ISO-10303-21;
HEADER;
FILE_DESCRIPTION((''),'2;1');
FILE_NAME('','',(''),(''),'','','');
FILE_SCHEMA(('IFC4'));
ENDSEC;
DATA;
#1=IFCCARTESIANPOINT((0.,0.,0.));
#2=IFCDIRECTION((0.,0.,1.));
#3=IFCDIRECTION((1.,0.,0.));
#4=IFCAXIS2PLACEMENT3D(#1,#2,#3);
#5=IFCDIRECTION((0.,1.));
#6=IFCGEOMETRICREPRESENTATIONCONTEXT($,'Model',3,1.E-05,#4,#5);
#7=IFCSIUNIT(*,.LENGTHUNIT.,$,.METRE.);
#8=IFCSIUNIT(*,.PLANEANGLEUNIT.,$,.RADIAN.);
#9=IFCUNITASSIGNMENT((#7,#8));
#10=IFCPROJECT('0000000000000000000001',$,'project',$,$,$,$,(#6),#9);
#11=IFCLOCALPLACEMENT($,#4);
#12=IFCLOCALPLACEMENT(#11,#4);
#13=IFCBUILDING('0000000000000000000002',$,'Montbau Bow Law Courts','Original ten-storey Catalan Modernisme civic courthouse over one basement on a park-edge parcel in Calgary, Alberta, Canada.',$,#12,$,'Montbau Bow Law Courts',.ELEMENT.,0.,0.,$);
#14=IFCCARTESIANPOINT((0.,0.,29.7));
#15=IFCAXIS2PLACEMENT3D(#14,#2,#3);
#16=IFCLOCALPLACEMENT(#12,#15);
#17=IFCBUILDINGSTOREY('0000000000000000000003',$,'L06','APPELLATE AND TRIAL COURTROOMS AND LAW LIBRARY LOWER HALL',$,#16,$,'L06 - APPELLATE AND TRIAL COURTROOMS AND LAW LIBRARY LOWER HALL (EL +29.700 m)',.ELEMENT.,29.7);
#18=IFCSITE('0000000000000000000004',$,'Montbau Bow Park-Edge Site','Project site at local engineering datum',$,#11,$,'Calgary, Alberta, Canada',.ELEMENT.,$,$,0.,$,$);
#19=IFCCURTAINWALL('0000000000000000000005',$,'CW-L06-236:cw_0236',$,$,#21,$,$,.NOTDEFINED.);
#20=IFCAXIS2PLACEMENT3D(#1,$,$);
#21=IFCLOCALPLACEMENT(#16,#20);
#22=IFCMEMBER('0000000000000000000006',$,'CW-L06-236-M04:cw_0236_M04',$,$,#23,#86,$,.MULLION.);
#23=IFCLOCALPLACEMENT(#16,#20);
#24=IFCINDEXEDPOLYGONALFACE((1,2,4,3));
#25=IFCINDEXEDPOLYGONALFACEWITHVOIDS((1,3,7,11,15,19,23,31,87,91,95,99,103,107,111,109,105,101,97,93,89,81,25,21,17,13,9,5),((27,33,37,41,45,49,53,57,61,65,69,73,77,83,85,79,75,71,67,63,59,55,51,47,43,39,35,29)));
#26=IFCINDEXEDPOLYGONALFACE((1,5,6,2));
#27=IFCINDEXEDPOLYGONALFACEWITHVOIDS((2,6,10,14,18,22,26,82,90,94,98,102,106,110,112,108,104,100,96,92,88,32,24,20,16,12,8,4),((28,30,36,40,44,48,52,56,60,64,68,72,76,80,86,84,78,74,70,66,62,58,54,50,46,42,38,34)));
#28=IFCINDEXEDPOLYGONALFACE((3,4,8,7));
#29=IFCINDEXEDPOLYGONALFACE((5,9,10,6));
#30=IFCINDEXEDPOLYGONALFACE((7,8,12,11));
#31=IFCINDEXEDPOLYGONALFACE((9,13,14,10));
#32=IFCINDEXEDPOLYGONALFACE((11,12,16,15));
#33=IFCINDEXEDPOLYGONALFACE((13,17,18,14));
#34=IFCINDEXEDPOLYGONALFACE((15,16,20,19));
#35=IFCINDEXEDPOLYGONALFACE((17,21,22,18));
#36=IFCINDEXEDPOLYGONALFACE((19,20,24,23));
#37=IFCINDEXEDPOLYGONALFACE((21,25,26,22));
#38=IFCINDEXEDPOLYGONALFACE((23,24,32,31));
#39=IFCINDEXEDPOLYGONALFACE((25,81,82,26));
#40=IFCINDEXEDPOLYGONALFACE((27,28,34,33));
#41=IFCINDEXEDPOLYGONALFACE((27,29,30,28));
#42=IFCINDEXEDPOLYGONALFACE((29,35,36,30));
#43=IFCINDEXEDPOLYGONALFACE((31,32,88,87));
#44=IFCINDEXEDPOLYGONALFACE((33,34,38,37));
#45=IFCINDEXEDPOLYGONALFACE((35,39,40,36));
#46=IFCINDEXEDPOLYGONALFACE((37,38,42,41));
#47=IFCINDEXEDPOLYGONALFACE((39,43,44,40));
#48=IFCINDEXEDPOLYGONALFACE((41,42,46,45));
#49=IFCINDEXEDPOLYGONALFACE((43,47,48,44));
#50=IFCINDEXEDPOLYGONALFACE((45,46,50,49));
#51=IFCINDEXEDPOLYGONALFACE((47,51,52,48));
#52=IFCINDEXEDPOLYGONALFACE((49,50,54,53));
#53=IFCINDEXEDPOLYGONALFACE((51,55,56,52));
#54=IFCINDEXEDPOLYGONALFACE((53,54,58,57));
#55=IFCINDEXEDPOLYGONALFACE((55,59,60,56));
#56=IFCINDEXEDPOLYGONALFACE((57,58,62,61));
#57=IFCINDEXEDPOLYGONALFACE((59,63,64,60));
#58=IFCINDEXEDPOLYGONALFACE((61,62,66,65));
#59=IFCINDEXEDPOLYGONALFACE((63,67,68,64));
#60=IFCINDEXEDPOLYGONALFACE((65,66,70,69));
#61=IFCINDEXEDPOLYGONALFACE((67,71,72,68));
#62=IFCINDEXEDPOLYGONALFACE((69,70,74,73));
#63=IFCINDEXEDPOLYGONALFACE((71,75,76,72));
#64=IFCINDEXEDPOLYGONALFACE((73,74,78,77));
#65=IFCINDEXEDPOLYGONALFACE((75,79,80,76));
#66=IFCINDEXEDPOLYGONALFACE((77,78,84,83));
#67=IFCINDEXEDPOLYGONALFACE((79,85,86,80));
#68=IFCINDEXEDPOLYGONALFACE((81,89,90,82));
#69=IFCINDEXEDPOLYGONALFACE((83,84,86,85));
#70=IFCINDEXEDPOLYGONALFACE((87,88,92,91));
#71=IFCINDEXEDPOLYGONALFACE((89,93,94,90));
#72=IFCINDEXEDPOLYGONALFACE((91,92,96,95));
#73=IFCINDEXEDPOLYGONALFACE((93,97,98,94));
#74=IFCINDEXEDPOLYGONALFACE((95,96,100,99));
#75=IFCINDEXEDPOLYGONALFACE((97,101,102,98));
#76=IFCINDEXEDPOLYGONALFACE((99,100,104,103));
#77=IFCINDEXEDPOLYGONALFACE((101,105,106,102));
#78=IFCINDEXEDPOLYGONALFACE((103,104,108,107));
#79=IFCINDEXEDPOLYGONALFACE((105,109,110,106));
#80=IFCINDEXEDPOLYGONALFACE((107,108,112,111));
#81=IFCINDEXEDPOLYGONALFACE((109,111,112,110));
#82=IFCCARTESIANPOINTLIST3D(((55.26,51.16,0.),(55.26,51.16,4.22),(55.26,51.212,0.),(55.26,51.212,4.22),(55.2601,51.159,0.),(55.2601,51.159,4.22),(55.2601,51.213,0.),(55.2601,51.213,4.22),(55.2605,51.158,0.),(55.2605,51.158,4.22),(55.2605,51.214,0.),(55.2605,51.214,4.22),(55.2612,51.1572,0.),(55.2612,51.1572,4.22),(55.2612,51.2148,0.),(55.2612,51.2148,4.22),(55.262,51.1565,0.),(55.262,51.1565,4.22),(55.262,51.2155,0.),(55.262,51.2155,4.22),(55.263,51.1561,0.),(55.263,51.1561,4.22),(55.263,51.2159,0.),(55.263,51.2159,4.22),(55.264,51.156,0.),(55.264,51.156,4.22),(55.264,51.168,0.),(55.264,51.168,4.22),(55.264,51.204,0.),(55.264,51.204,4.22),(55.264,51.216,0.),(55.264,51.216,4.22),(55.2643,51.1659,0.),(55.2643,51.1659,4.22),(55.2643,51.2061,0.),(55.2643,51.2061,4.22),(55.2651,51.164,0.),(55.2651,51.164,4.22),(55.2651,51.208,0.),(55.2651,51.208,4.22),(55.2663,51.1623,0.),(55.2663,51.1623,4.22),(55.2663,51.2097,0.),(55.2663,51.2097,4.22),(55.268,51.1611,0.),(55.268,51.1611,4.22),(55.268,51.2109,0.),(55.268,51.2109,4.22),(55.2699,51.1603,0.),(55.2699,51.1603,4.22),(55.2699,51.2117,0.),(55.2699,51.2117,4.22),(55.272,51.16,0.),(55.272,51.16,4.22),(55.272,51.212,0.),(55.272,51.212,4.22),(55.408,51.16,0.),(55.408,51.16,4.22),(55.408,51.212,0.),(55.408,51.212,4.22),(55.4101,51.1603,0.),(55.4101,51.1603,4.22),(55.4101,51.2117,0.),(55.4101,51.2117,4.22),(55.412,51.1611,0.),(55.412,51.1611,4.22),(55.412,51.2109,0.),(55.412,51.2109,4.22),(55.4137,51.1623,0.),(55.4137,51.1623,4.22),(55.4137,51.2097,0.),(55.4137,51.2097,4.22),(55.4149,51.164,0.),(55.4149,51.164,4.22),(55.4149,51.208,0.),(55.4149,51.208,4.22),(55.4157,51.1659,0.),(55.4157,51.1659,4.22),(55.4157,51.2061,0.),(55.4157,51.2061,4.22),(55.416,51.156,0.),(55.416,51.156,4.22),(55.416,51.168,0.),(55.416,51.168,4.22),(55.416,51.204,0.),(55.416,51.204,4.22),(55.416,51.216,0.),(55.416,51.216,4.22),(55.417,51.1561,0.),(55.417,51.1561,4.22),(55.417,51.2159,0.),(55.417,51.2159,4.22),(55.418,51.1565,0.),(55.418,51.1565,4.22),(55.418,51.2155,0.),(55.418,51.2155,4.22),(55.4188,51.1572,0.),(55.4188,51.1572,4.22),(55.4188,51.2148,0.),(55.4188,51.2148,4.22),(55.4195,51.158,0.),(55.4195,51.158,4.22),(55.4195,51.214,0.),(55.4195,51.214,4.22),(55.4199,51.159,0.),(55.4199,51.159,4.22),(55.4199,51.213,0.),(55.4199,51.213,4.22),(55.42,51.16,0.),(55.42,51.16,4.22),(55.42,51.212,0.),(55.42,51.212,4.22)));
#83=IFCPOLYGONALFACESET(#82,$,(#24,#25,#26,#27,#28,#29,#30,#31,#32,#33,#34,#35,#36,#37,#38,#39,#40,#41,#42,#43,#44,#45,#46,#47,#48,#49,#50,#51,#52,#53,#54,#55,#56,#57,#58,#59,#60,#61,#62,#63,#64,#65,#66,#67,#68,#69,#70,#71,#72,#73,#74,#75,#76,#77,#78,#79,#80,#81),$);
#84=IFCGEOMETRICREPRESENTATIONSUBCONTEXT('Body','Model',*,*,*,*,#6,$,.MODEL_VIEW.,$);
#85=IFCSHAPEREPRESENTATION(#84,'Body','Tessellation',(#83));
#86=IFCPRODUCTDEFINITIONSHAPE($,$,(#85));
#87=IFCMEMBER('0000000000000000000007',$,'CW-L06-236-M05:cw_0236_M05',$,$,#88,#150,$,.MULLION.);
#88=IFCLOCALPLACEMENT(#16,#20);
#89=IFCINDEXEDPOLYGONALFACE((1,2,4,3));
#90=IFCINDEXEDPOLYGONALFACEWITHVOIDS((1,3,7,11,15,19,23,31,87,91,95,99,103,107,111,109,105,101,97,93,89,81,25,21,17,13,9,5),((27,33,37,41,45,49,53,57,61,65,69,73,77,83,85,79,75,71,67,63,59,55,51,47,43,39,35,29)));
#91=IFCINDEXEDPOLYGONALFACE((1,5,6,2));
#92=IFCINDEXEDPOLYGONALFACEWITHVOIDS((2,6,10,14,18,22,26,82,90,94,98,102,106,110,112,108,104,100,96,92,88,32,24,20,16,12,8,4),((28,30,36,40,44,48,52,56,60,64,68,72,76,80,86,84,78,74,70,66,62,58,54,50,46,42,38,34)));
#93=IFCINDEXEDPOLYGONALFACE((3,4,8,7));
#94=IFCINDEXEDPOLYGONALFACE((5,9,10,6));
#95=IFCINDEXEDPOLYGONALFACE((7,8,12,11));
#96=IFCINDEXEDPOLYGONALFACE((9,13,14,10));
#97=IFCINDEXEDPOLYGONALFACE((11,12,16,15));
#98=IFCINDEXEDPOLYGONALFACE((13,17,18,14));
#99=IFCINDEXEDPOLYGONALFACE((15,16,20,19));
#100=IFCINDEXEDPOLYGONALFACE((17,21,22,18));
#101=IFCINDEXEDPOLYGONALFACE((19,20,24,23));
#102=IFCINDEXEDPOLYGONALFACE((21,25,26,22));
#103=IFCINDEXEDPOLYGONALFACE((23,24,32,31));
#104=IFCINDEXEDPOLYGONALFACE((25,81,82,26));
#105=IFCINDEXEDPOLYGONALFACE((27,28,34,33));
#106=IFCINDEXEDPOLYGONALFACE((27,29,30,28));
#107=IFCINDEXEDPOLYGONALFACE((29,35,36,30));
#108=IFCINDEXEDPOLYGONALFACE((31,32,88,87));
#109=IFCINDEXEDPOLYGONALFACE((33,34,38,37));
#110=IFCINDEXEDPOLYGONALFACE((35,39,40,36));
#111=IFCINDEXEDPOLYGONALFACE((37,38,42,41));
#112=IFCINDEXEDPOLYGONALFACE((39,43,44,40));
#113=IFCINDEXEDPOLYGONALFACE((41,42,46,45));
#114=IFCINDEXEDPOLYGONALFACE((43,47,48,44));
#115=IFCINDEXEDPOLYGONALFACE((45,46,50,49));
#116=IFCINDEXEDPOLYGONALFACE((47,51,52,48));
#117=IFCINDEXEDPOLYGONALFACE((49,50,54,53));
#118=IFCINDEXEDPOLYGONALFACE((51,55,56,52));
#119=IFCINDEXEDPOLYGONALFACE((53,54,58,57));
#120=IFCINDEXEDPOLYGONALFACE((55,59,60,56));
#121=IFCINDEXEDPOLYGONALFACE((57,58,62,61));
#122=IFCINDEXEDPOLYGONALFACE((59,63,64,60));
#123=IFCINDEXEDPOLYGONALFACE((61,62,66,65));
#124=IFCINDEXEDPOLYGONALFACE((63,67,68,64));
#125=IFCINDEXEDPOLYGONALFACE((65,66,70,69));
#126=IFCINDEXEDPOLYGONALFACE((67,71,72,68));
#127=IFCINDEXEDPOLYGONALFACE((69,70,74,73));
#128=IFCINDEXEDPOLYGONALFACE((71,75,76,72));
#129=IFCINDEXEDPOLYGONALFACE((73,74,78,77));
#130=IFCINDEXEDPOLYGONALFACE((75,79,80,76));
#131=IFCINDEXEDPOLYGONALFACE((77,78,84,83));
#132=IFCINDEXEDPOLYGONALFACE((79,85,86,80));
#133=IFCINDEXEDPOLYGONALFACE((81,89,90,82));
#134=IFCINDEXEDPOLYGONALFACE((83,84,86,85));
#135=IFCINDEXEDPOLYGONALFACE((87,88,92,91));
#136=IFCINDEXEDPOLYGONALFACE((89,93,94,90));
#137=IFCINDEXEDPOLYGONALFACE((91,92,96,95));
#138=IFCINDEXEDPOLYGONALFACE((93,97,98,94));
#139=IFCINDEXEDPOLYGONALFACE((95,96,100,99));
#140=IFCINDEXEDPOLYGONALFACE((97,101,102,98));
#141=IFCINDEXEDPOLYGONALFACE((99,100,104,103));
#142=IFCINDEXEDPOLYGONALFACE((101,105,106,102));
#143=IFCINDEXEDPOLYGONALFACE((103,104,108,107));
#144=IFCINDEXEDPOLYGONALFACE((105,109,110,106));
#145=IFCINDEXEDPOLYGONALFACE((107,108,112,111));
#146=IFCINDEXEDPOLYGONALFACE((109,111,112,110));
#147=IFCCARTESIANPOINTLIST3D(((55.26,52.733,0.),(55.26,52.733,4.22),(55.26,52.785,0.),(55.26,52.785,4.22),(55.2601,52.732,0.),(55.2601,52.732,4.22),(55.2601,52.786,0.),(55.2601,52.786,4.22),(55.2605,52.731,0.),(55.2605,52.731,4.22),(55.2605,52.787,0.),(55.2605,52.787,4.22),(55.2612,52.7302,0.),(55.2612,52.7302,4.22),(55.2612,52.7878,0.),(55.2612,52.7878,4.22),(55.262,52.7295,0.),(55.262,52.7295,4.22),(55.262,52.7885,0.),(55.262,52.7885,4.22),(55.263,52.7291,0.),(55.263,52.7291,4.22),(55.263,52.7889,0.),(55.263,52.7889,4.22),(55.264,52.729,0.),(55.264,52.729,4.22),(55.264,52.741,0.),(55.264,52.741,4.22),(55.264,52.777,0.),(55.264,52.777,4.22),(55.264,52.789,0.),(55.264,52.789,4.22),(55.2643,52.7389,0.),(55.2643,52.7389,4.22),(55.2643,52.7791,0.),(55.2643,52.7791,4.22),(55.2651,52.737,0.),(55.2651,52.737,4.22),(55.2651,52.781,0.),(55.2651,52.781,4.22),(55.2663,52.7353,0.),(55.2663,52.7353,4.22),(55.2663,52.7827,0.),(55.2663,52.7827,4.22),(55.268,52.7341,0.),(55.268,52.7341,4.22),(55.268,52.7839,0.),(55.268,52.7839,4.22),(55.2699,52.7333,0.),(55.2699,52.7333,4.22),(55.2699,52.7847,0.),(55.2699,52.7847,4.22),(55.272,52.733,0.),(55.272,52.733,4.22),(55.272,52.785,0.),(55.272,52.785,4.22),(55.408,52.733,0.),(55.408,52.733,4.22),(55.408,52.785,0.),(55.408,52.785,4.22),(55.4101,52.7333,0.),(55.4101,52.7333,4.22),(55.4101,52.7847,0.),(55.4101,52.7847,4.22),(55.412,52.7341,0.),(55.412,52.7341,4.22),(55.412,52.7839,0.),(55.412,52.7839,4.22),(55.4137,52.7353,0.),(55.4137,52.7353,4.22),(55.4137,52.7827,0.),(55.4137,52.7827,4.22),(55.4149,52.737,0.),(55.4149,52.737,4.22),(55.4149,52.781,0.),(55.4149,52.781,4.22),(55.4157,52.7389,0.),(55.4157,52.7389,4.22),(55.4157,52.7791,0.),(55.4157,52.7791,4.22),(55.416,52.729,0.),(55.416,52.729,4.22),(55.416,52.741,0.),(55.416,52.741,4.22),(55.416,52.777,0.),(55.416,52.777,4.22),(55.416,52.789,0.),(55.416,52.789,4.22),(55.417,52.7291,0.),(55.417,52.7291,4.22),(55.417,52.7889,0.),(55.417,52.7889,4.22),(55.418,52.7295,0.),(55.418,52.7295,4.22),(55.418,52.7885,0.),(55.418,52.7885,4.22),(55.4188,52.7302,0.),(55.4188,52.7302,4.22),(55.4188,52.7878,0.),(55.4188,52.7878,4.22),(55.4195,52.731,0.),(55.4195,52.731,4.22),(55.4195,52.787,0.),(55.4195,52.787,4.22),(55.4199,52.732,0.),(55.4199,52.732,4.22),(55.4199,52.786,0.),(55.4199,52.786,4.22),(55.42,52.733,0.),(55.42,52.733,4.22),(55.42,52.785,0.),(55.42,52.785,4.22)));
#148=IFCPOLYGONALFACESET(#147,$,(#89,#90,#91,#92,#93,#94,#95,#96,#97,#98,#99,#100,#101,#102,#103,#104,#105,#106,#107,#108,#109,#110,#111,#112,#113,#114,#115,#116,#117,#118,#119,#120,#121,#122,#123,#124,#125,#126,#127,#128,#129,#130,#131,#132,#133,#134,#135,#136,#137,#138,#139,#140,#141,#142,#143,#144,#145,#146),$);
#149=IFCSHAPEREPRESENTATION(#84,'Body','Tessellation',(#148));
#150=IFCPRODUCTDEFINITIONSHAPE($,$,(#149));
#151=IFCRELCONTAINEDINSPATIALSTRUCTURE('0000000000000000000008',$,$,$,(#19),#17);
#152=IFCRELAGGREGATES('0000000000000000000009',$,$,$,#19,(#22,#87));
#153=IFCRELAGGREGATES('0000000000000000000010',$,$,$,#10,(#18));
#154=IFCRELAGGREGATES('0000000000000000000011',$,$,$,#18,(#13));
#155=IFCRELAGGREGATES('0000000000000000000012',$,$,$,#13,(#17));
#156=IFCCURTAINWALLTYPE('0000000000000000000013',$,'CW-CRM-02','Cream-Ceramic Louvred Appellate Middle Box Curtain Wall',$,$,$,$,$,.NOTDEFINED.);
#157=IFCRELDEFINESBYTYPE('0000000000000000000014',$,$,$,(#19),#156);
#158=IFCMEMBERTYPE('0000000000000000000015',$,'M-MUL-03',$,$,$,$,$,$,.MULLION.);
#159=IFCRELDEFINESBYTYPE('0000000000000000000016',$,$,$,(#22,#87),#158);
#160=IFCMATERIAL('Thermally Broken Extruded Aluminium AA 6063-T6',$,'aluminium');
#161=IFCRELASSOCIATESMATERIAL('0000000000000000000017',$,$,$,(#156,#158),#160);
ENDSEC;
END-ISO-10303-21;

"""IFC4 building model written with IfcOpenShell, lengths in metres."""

from ifc_helpers import new_model, si_unit, direction, frame, origin_with_axes, origin_2d_with_axis, place, context, subcontext, project, spatial, hollow_rectangle, extrude, material, material_profile, profile_set, type_object, element, aggregate, save


model = new_model("IFC4")

# Units and contexts
model_context = context("Model", 3, precision=1e-05, world=origin_with_axes(), true_north=direction((0.0, 1.0)))
body_context = subcontext(model_context, "Body", "Model", "MODEL_VIEW")
ifc_project = project(units=[si_unit("LENGTHUNIT", "METRE"), si_unit("PLANEANGLEUNIT", "RADIAN")], contexts=[model_context])

# Site, building, storey
site_placement = place(None, origin_with_axes())
site = spatial("IfcSite", under=ifc_project, at=site_placement, Name="Montbau Bow Park-Edge Site", Description="Project site at local engineering datum", LongName="Calgary, Alberta, Canada", CompositionType="ELEMENT", RefElevation=0.0)
building_placement = place(site_placement, origin_with_axes())
building = spatial("IfcBuilding", under=site, at=building_placement, Name="Montbau Bow Law Courts", Description="Original ten-storey Catalan Modernisme civic courthouse over one basement on a park-edge parcel in Calgary, Alberta, Canada.", LongName="Montbau Bow Law Courts", CompositionType="ELEMENT", ElevationOfRefHeight=0.0, ElevationOfTerrain=0.0)
storey_placement = place(building_placement, frame((0.0, 0.0, 29.7), z_axis=(0.0, 0.0, 1.0), x_axis=(1.0, 0.0, 0.0)))
storey = spatial("IfcBuildingStorey", under=building, at=storey_placement, Name="L06", Description="APPELLATE AND TRIAL COURTROOMS AND LAW LIBRARY LOWER HALL", LongName="L06 - APPELLATE AND TRIAL COURTROOMS AND LAW LIBRARY LOWER HALL (EL +29.700 m)", CompositionType="ELEMENT", Elevation=29.7)

# Shared definitions
ifc_material_1 = material(Name="Thermally Broken Extruded Aluminium AA 6063-T6", Category="aluminium")
curtain_wall_type = type_object("IfcCurtainWallType", Name="CW-CRM-02", Description="Cream-Ceramic Louvred Appellate Middle Box Curtain Wall", PredefinedType="NOTDEFINED", material=ifc_material_1)

# Curtain wall, members
curtain_wall_1_placement = place(None, frame((55.34, 46.468, 29.7), z_axis=(0.0, 0.0, 1.0), x_axis=(1.0, 0.0, 0.0)))
curtain_wall_1 = element("IfcCurtainWall", 1, at=curtain_wall_1_placement, inside=storey, type_object=curtain_wall_type, Name="CW-L06-236:cw_0236", PredefinedType="NOTDEFINED")
ifc_material_profile_1 = material_profile(ifc_material_1, hollow_rectangle(XDim=0.06, YDim=0.16, WallThickness=0.004, InnerFilletRadius=0.008, OuterFilletRadius=0.004, at=origin_2d_with_axis()), Name="CWM-160X60", Category="Main", Priority=0)
ifc_profile_set_1 = profile_set([ifc_material_profile_1], Name="Thermally Broken Extruded Aluminium AA 6063-T6")
member_type_1 = type_object("IfcMemberType", Name="M-MUL-03", PredefinedType="MULLION", material=ifc_profile_set_1)
member_1_placement = place(None, frame((55.34, 51.186, 29.7), z_axis=(0.0, 0.0, 1.0), x_axis=(0.0, 1.0, 0.0)))
member_1 = element("IfcMember", 2, at=member_1_placement, type_object=member_type_1, Name="CW-L06-236-M04:cw_0236_M04", PredefinedType="MULLION", context=body_context, shape_type="SweptSolid", body=[
    extrude(hollow_rectangle(XDim=0.06, YDim=0.16, WallThickness=0.004, InnerFilletRadius=0.008, OuterFilletRadius=0.004, at=origin_2d_with_axis()), origin_with_axes(), (0.0, 0.0, 1.0), 4.22),
])
member_2_placement = place(None, frame((55.34, 52.759, 29.7), z_axis=(0.0, 0.0, 1.0), x_axis=(0.0, 1.0, 0.0)))
member_2 = element("IfcMember", 3, at=member_2_placement, type_object=member_type_1, Name="CW-L06-236-M05:cw_0236_M05", PredefinedType="MULLION", context=body_context, shape_type="SweptSolid", body=[
    extrude(hollow_rectangle(XDim=0.06, YDim=0.16, WallThickness=0.004, InnerFilletRadius=0.008, OuterFilletRadius=0.004, at=origin_2d_with_axis()), origin_with_axes(), (0.0, 0.0, 1.0), 4.22),
])

aggregate(curtain_wall_1, [member_1, member_2])

save(model, "model.ifc")
